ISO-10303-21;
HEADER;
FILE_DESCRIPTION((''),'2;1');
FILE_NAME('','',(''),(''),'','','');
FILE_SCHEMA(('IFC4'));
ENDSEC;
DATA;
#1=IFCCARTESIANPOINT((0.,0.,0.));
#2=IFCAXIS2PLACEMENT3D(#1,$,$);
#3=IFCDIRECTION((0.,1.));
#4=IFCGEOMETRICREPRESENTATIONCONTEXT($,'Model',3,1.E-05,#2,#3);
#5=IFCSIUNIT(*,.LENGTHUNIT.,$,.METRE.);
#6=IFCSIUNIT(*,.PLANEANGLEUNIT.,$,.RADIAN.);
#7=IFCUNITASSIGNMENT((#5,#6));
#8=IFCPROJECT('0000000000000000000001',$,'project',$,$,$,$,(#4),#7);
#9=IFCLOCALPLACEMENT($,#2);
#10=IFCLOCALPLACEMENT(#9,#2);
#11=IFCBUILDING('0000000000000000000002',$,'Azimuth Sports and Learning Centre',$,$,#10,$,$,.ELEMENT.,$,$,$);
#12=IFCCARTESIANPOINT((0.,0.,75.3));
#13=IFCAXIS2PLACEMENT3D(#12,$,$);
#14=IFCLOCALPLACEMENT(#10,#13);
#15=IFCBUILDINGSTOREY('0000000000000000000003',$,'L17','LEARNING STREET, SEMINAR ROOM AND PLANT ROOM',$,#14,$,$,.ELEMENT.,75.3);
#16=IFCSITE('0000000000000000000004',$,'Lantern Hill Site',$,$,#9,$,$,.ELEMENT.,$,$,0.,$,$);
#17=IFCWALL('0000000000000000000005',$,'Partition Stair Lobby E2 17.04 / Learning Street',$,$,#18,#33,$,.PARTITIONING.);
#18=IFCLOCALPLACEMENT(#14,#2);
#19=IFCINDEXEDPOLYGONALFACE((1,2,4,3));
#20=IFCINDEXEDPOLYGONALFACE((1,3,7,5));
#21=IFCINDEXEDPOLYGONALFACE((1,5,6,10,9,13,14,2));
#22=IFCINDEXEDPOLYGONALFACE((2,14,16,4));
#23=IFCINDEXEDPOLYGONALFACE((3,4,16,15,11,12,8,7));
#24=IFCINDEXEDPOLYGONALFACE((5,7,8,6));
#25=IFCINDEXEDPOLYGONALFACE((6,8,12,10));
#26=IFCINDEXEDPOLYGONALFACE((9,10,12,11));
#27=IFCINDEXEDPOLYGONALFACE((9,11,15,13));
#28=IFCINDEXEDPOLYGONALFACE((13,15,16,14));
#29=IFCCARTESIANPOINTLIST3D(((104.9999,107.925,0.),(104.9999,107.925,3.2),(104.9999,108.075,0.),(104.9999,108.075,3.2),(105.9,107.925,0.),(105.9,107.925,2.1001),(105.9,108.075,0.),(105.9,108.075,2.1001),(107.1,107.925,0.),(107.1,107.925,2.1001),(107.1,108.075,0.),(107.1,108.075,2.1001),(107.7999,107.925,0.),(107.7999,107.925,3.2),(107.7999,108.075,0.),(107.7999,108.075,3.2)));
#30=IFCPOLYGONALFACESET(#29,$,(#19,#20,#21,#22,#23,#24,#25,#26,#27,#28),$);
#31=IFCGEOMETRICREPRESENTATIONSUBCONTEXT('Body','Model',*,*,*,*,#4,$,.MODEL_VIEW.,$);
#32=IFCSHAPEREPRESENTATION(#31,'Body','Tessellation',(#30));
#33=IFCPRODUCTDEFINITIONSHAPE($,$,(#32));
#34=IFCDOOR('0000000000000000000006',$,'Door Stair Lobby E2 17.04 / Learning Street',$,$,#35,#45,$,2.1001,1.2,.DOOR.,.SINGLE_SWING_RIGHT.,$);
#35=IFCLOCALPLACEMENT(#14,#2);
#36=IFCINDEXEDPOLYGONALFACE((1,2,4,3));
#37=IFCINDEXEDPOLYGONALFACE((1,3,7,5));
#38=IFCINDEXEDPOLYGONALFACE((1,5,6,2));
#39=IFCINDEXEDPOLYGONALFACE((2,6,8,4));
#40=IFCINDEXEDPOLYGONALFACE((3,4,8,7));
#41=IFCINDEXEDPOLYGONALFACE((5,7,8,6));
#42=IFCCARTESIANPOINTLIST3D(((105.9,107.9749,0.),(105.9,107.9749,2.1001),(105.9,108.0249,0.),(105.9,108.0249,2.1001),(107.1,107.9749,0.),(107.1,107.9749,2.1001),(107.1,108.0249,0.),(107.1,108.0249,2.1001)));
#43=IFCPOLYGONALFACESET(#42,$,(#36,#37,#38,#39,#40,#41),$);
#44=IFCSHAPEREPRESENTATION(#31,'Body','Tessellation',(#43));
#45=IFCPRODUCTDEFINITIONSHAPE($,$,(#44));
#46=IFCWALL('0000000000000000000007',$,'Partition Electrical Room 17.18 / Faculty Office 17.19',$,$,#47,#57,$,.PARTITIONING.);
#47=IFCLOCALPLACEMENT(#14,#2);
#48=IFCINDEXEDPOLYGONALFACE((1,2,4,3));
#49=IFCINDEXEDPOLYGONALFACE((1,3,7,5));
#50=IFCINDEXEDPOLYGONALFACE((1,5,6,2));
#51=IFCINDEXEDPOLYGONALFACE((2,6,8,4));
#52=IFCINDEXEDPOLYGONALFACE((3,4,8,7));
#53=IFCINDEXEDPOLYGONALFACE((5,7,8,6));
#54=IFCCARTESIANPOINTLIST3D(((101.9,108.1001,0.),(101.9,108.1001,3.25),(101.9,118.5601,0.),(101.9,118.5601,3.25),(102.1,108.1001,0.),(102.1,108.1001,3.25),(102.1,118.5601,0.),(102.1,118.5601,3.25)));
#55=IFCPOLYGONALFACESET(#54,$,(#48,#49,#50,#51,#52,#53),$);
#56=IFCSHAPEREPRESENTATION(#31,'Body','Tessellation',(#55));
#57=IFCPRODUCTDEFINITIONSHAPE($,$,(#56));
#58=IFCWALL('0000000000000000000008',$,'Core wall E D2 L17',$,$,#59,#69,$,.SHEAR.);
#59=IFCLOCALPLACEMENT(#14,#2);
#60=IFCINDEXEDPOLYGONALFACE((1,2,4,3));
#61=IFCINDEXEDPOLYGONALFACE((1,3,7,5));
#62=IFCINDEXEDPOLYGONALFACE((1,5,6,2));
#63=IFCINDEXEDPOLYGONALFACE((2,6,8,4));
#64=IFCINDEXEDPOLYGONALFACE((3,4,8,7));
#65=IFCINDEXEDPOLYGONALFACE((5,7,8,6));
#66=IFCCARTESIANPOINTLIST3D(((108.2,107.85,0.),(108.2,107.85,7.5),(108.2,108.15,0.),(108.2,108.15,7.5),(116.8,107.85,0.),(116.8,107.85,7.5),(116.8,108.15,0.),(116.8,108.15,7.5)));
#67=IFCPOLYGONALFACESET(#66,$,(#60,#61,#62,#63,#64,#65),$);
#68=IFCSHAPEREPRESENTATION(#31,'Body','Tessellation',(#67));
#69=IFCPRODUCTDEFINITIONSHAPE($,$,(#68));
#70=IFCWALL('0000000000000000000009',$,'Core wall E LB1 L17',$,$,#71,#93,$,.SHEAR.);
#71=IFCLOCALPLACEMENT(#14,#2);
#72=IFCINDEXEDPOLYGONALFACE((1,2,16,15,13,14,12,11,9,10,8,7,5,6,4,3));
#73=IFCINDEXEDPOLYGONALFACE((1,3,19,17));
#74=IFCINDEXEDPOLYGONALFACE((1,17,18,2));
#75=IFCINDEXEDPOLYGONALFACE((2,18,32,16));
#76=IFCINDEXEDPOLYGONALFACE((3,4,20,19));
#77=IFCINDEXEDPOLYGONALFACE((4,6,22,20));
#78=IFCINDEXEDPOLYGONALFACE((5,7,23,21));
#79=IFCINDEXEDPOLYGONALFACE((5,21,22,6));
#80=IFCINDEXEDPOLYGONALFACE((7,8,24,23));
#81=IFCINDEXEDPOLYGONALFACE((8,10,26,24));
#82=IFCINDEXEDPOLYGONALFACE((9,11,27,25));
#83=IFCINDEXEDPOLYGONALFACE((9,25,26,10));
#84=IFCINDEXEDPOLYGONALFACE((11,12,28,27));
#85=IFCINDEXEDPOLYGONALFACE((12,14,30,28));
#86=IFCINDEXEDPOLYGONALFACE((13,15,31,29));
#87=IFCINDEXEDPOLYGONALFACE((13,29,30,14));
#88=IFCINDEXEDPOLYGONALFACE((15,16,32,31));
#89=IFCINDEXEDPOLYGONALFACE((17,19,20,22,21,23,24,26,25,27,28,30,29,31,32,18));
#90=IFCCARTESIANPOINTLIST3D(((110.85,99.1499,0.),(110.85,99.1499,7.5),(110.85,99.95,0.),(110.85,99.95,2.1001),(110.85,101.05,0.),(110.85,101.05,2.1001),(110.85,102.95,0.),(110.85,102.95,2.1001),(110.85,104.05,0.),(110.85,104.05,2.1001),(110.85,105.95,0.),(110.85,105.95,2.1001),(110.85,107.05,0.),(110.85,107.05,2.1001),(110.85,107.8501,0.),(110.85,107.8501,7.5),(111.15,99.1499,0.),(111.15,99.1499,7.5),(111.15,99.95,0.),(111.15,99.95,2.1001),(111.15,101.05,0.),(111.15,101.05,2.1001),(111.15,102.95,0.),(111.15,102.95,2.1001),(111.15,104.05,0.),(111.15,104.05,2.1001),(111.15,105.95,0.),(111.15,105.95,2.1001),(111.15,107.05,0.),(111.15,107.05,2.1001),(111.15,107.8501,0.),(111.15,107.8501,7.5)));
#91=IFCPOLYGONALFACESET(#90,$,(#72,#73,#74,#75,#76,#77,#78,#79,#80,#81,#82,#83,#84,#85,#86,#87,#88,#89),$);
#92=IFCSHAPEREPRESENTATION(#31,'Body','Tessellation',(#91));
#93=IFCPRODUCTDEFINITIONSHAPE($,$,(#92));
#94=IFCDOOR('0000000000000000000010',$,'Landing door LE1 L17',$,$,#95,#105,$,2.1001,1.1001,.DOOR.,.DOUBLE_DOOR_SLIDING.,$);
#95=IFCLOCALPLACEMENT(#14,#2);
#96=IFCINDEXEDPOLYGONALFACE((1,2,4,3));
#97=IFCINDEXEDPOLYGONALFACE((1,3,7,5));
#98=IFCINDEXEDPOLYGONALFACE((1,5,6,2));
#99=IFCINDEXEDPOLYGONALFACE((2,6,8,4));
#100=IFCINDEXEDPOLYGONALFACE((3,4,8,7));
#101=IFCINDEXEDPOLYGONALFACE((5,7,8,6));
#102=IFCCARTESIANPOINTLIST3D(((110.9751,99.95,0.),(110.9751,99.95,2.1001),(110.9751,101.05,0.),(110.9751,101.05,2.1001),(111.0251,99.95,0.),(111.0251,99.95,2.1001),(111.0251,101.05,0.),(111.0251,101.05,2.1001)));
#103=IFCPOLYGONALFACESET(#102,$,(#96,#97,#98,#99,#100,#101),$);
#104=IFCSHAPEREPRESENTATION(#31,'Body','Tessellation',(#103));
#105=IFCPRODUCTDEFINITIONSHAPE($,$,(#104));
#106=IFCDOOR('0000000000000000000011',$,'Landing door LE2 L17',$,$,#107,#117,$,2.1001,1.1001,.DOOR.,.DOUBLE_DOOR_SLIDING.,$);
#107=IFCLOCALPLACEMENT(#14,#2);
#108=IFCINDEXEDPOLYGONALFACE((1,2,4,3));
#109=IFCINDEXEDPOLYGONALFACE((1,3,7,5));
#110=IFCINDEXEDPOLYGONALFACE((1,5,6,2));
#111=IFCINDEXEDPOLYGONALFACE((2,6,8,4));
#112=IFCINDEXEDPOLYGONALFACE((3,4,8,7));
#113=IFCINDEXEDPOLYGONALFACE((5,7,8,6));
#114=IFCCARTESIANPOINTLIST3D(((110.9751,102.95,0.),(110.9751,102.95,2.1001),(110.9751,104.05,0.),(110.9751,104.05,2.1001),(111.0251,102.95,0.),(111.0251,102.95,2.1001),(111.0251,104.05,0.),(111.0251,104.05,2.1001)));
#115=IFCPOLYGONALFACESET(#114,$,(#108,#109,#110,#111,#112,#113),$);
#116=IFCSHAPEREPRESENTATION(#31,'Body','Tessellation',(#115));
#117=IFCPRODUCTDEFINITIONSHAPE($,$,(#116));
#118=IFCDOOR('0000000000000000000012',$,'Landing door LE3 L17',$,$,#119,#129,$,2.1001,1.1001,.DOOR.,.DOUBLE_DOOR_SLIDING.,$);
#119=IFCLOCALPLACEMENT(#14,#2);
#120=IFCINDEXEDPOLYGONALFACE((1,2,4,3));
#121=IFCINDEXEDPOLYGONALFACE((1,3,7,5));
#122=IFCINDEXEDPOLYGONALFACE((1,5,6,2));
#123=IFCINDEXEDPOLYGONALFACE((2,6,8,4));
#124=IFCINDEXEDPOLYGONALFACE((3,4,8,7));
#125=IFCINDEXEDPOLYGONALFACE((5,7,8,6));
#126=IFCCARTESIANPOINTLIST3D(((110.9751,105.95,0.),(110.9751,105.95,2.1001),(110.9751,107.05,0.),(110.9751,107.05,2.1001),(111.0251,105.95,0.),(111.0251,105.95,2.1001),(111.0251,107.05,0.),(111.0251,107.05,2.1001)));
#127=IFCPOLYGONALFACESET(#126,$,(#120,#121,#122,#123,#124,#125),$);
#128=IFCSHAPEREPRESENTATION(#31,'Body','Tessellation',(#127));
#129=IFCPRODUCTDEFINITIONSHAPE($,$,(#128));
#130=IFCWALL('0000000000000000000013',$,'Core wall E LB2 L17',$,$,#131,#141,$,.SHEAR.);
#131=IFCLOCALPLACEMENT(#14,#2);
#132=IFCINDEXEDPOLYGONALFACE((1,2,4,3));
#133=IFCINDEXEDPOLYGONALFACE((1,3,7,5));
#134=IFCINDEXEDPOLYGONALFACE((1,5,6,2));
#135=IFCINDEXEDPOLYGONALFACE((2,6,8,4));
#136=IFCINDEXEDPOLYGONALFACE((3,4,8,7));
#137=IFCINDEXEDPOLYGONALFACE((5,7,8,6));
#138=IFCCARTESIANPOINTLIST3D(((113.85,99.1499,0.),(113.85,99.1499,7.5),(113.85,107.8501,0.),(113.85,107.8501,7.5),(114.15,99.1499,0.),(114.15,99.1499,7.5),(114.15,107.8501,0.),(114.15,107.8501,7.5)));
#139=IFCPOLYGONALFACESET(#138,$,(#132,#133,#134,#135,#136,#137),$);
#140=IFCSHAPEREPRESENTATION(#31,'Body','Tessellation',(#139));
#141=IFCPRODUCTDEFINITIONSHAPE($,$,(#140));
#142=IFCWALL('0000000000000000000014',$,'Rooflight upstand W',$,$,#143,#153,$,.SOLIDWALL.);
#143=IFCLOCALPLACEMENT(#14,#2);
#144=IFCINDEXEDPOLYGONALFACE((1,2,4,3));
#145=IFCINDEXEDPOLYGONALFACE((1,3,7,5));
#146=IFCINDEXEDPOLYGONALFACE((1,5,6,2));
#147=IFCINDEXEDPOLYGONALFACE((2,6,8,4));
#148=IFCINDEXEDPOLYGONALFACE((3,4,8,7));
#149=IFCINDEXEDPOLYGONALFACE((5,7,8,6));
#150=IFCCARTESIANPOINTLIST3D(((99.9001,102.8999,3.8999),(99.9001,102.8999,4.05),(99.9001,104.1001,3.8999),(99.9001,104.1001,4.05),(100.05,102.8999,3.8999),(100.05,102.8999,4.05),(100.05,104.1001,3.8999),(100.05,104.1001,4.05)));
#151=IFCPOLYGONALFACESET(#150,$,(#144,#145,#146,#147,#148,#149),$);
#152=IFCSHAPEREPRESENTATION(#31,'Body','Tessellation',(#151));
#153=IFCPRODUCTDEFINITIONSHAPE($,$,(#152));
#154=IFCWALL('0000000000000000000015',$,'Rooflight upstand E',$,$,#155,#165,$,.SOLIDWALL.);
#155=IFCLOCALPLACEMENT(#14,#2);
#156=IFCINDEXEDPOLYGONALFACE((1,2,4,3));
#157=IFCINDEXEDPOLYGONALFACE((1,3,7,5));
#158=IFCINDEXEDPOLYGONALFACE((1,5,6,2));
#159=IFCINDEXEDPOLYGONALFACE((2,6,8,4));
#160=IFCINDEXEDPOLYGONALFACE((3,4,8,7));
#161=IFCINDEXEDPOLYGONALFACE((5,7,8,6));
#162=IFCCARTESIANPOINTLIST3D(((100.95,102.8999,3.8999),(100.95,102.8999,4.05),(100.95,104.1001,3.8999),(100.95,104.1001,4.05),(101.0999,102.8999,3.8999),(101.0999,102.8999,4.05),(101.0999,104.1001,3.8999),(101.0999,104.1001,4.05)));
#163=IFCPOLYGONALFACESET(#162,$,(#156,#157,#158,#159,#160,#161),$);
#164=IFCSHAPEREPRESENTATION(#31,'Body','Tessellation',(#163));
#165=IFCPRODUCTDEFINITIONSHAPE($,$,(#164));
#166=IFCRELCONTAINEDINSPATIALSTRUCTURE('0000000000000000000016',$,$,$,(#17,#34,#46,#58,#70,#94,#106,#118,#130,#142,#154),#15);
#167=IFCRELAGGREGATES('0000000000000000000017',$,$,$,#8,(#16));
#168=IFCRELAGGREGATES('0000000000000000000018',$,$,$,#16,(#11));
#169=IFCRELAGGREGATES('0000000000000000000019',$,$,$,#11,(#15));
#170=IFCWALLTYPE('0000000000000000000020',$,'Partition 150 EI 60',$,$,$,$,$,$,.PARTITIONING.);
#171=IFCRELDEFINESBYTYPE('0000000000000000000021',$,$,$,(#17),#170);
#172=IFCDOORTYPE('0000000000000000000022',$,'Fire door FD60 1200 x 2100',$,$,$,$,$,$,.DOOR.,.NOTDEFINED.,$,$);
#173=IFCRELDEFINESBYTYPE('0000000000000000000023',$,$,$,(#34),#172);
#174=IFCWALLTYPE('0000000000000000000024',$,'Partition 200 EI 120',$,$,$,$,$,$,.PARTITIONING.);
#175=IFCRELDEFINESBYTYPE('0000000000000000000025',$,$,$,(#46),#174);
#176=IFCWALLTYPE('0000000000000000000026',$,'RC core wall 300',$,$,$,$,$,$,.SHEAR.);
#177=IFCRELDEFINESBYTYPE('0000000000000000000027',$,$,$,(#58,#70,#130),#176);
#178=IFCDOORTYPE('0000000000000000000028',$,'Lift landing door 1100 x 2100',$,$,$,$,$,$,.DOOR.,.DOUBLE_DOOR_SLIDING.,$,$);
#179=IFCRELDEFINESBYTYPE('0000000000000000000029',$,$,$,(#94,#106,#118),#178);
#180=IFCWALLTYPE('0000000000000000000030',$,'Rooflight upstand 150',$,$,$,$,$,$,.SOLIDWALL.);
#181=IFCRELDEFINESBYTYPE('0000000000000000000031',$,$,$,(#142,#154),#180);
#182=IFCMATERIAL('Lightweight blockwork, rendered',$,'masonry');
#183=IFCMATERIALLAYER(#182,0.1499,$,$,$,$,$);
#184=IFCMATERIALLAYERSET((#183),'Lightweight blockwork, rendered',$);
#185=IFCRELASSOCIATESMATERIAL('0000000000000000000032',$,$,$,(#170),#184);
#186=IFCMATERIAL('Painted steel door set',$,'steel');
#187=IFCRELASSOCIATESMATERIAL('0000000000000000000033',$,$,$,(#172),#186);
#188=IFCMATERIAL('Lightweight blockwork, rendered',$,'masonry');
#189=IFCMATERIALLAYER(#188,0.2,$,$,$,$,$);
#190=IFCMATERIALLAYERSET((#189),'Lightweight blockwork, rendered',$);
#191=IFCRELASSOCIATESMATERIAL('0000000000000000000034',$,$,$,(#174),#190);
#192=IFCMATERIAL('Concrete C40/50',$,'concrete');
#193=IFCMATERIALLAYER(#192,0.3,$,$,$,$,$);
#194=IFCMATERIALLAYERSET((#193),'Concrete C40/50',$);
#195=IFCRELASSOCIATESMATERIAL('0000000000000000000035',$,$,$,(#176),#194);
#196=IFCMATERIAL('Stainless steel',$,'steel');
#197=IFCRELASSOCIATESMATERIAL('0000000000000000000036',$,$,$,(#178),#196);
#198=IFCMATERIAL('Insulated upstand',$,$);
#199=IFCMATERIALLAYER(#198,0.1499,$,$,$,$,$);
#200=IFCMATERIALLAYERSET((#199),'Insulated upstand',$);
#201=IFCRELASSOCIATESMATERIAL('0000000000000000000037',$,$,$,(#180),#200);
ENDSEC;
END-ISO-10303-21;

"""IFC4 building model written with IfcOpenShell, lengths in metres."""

from ifc_helpers import new_model, si_unit, direction, frame, frame_2d, origin, place, context, subcontext, project, spatial, rectangle, extrude, material, layer, layer_set, type_object, element, fill, save


model = new_model("IFC4")

# Units and contexts
model_context = context("Model", 3, precision=1e-05, world=origin(), true_north=direction((0.0, 1.0)))
body_context = subcontext(model_context, "Body", "Model", "MODEL_VIEW")
ifc_project = project(units=[si_unit("LENGTHUNIT", "METRE"), si_unit("PLANEANGLEUNIT", "RADIAN")], contexts=[model_context])

# Site, building, storey
site_placement = place(None, origin())
site = spatial("IfcSite", under=ifc_project, at=site_placement, Name="Lantern Hill Site", CompositionType="ELEMENT", RefElevation=0.0)
building_placement = place(site_placement, origin())
building = spatial("IfcBuilding", under=site, at=building_placement, Name="Azimuth Sports and Learning Centre", CompositionType="ELEMENT")
storey_placement = place(building_placement, frame((0.0, 0.0, 75.3)))
storey = spatial("IfcBuildingStorey", under=building, at=storey_placement, Name="L17", Description="LEARNING STREET, SEMINAR ROOM AND PLANT ROOM", CompositionType="ELEMENT", Elevation=75.3)

# Wall, opening, door
ifc_material_1 = material(Name="Lightweight blockwork, rendered", Category="masonry")
ifc_layer_1 = layer(ifc_material_1, 0.1499)
ifc_layer_set_1 = layer_set([ifc_layer_1], Name="Lightweight blockwork, rendered")
wall_type_1 = type_object("IfcWallType", Name="Partition 150 EI 60", PredefinedType="PARTITIONING", material=ifc_layer_set_1)
wall_1_placement = place(storey_placement, frame((105.0, 108.0, 0.0), z_axis=(0.0, 0.0, 1.0), x_axis=(1.0, 0.0, 0.0)))
wall_1 = element("IfcWall", 1, at=wall_1_placement, inside=storey, type_object=wall_type_1, Name="Partition Stair Lobby E2 17.04 / Learning Street", PredefinedType="PARTITIONING", context=body_context, shape_type="SweptSolid", body=[
    extrude(rectangle(XDim=2.8, YDim=0.1499, at=frame_2d((1.3999, 0.0))), origin(), (0.0, 0.0, 1.0), 3.2),
])
opening_1_placement = place(wall_1_placement, frame((0.8999, 0.0, 0.0)))
opening_1 = element("IfcOpeningElement", 2, at=opening_1_placement, cuts=wall_1, PredefinedType="OPENING", context=body_context, shape_type="SweptSolid", body=[
    extrude(rectangle(XDim=1.2, YDim=2.1001, at=frame_2d((0.6001, 1.05))), frame((0.0, 0.0859, 0.0), z_axis=(0.0, -1.0, 0.0), x_axis=(1.0, 0.0, 0.0)), (0.0, 0.0, 1.0), 0.1719),
])
ifc_material_2 = material(Name="Painted steel door set", Category="steel")
door_type_1 = type_object("IfcDoorType", Name="Fire door FD60 1200 x 2100", OperationType="NOTDEFINED", PredefinedType="DOOR", material=ifc_material_2)
door_1_placement = place(opening_1_placement, origin())
door_1 = element("IfcDoor", 3, at=door_1_placement, inside=storey, type_object=door_type_1, Name="Door Stair Lobby E2 17.04 / Learning Street", OperationType="SINGLE_SWING_RIGHT", OverallHeight=2.1001, OverallWidth=1.2, PredefinedType="DOOR", context=body_context, shape_type="SweptSolid", body=[
    extrude(rectangle(XDim=1.2, YDim=2.1001, at=frame_2d((0.6001, 1.05))), frame((0.0, 0.0249, 0.0), z_axis=(0.0, -1.0, 0.0), x_axis=(1.0, 0.0, 0.0)), (0.0, 0.0, 1.0), 0.05),
])
fill(opening_1, door_1)

# Walls
ifc_material_3 = material(Name="Lightweight blockwork, rendered", Category="masonry")
ifc_layer_2 = layer(ifc_material_3, 0.2)
ifc_layer_set_2 = layer_set([ifc_layer_2], Name="Lightweight blockwork, rendered")
wall_type_2 = type_object("IfcWallType", Name="Partition 200 EI 120", PredefinedType="PARTITIONING", material=ifc_layer_set_2)
wall_2_placement = place(storey_placement, frame((102.0, 108.1001, 0.0), z_axis=(0.0, 0.0, 1.0), x_axis=(0.0, 1.0, 0.0)))
element("IfcWall", 4, at=wall_2_placement, inside=storey, type_object=wall_type_2, Name="Partition Electrical Room 17.18 / Faculty Office 17.19", PredefinedType="PARTITIONING", context=body_context, shape_type="SweptSolid", body=[
    extrude(rectangle(XDim=10.46, YDim=0.2, at=frame_2d((5.23, 0.0))), origin(), (0.0, 0.0, 1.0), 3.25),
])
ifc_material_4 = material(Name="Concrete C40/50", Category="concrete")
ifc_layer_3 = layer(ifc_material_4, 0.3)
ifc_layer_set_3 = layer_set([ifc_layer_3], Name="Concrete C40/50")
wall_type_3 = type_object("IfcWallType", Name="RC core wall 300", PredefinedType="SHEAR", material=ifc_layer_set_3)
wall_3_placement = place(storey_placement, frame((108.2, 108.0, 0.0), z_axis=(0.0, 0.0, 1.0), x_axis=(1.0, 0.0, 0.0)))
element("IfcWall", 5, at=wall_3_placement, inside=storey, type_object=wall_type_3, Name="Core wall E D2 L17", PredefinedType="SHEAR", context=body_context, shape_type="SweptSolid", body=[
    extrude(rectangle(XDim=8.6001, YDim=0.3, at=frame_2d((4.3, 0.0))), origin(), (0.0, 0.0, 1.0), 7.5),
])

# Wall, openings, doors
wall_4_placement = place(storey_placement, frame((111.0, 99.1499, 0.0), z_axis=(0.0, 0.0, 1.0), x_axis=(0.0, 1.0, 0.0)))
wall_4 = element("IfcWall", 6, at=wall_4_placement, inside=storey, type_object=wall_type_3, Name="Core wall E LB1 L17", PredefinedType="SHEAR", context=body_context, shape_type="SweptSolid", body=[
    extrude(rectangle(XDim=8.7002, YDim=0.3, at=frame_2d((4.3501, 0.0))), origin(), (0.0, 0.0, 1.0), 7.5),
])
opening_2_placement = place(wall_4_placement, frame((0.8, 0.0, 0.0)))
opening_2 = element("IfcOpeningElement", 7, at=opening_2_placement, cuts=wall_4, PredefinedType="OPENING", context=body_context, shape_type="SweptSolid", body=[
    extrude(rectangle(XDim=1.1001, YDim=2.1001, at=frame_2d((0.55, 1.05))), frame((0.0, 0.1611, 0.0), z_axis=(0.0, -1.0, 0.0), x_axis=(1.0, 0.0, 0.0)), (0.0, 0.0, 1.0), 0.322),
])
opening_3_placement = place(wall_4_placement, frame((3.8, 0.0, 0.0)))
opening_3 = element("IfcOpeningElement", 8, at=opening_3_placement, cuts=wall_4, PredefinedType="OPENING", context=body_context, shape_type="SweptSolid", body=[
    extrude(rectangle(XDim=1.1001, YDim=2.1001, at=frame_2d((0.55, 1.05))), frame((0.0, 0.1611, 0.0), z_axis=(0.0, -1.0, 0.0), x_axis=(1.0, 0.0, 0.0)), (0.0, 0.0, 1.0), 0.322),
])
opening_4_placement = place(wall_4_placement, frame((6.8, 0.0, 0.0)))
opening_4 = element("IfcOpeningElement", 9, at=opening_4_placement, cuts=wall_4, PredefinedType="OPENING", context=body_context, shape_type="SweptSolid", body=[
    extrude(rectangle(XDim=1.1001, YDim=2.1001, at=frame_2d((0.55, 1.05))), frame((0.0, 0.1611, 0.0), z_axis=(0.0, -1.0, 0.0), x_axis=(1.0, 0.0, 0.0)), (0.0, 0.0, 1.0), 0.322),
])
ifc_material_5 = material(Name="Stainless steel", Category="steel")
door_type_2 = type_object("IfcDoorType", Name="Lift landing door 1100 x 2100", OperationType="DOUBLE_DOOR_SLIDING", PredefinedType="DOOR", material=ifc_material_5)
door_2_placement = place(opening_2_placement, origin())
door_2 = element("IfcDoor", 10, at=door_2_placement, inside=storey, type_object=door_type_2, Name="Landing door LE1 L17", OperationType="DOUBLE_DOOR_SLIDING", OverallHeight=2.1001, OverallWidth=1.1001, PredefinedType="DOOR", context=body_context, shape_type="SweptSolid", body=[
    extrude(rectangle(XDim=1.1001, YDim=2.1001, at=frame_2d((0.55, 1.05))), frame((0.0, 0.0249, 0.0), z_axis=(0.0, -1.0, 0.0), x_axis=(1.0, 0.0, 0.0)), (0.0, 0.0, 1.0), 0.05),
])
fill(opening_2, door_2)
door_3_placement = place(opening_3_placement, origin())
door_3 = element("IfcDoor", 11, at=door_3_placement, inside=storey, type_object=door_type_2, Name="Landing door LE2 L17", OperationType="DOUBLE_DOOR_SLIDING", OverallHeight=2.1001, OverallWidth=1.1001, PredefinedType="DOOR", context=body_context, shape_type="SweptSolid", body=[
    extrude(rectangle(XDim=1.1001, YDim=2.1001, at=frame_2d((0.55, 1.05))), frame((0.0, 0.0249, 0.0), z_axis=(0.0, -1.0, 0.0), x_axis=(1.0, 0.0, 0.0)), (0.0, 0.0, 1.0), 0.05),
])
fill(opening_3, door_3)
door_4_placement = place(opening_4_placement, origin())
door_4 = element("IfcDoor", 12, at=door_4_placement, inside=storey, type_object=door_type_2, Name="Landing door LE3 L17", OperationType="DOUBLE_DOOR_SLIDING", OverallHeight=2.1001, OverallWidth=1.1001, PredefinedType="DOOR", context=body_context, shape_type="SweptSolid", body=[
    extrude(rectangle(XDim=1.1001, YDim=2.1001, at=frame_2d((0.55, 1.05))), frame((0.0, 0.0249, 0.0), z_axis=(0.0, -1.0, 0.0), x_axis=(1.0, 0.0, 0.0)), (0.0, 0.0, 1.0), 0.05),
])
fill(opening_4, door_4)

# Walls
wall_5_placement = place(storey_placement, frame((114.0, 99.1499, 0.0), z_axis=(0.0, 0.0, 1.0), x_axis=(0.0, 1.0, 0.0)))
element("IfcWall", 13, at=wall_5_placement, inside=storey, type_object=wall_type_3, Name="Core wall E LB2 L17", PredefinedType="SHEAR", context=body_context, shape_type="SweptSolid", body=[
    extrude(rectangle(XDim=8.7002, YDim=0.3, at=frame_2d((4.3501, 0.0))), origin(), (0.0, 0.0, 1.0), 7.5),
])
ifc_material_6 = material(Name="Insulated upstand")
ifc_layer_4 = layer(ifc_material_6, 0.1499)
ifc_layer_set_4 = layer_set([ifc_layer_4], Name="Insulated upstand")
wall_type_4 = type_object("IfcWallType", Name="Rooflight upstand 150", PredefinedType="SOLIDWALL", material=ifc_layer_set_4)
for number, where, z_axis, x_axis, name in (
    (14, (99.9751, 102.8999, 3.8999), (0.0, 0.0, 1.0), (0.0, 1.0, 0.0), "Rooflight upstand W"),
    (15, (101.0249, 102.8999, 3.8999), (0.0, 0.0, 1.0), (0.0, 1.0, 0.0), "Rooflight upstand E"),
):
    element("IfcWall", number, at=place(storey_placement, frame(where, z_axis=z_axis, x_axis=x_axis)), inside=storey, type_object=wall_type_4, Name=name, PredefinedType="SOLIDWALL", context=body_context, shape_type="SweptSolid", body=[
        extrude(rectangle(XDim=1.2002, YDim=0.1499, at=frame_2d((0.6001, 0.0))), origin(), (0.0, 0.0, 1.0), 0.1501),
    ])

save(model, "model.ifc")
